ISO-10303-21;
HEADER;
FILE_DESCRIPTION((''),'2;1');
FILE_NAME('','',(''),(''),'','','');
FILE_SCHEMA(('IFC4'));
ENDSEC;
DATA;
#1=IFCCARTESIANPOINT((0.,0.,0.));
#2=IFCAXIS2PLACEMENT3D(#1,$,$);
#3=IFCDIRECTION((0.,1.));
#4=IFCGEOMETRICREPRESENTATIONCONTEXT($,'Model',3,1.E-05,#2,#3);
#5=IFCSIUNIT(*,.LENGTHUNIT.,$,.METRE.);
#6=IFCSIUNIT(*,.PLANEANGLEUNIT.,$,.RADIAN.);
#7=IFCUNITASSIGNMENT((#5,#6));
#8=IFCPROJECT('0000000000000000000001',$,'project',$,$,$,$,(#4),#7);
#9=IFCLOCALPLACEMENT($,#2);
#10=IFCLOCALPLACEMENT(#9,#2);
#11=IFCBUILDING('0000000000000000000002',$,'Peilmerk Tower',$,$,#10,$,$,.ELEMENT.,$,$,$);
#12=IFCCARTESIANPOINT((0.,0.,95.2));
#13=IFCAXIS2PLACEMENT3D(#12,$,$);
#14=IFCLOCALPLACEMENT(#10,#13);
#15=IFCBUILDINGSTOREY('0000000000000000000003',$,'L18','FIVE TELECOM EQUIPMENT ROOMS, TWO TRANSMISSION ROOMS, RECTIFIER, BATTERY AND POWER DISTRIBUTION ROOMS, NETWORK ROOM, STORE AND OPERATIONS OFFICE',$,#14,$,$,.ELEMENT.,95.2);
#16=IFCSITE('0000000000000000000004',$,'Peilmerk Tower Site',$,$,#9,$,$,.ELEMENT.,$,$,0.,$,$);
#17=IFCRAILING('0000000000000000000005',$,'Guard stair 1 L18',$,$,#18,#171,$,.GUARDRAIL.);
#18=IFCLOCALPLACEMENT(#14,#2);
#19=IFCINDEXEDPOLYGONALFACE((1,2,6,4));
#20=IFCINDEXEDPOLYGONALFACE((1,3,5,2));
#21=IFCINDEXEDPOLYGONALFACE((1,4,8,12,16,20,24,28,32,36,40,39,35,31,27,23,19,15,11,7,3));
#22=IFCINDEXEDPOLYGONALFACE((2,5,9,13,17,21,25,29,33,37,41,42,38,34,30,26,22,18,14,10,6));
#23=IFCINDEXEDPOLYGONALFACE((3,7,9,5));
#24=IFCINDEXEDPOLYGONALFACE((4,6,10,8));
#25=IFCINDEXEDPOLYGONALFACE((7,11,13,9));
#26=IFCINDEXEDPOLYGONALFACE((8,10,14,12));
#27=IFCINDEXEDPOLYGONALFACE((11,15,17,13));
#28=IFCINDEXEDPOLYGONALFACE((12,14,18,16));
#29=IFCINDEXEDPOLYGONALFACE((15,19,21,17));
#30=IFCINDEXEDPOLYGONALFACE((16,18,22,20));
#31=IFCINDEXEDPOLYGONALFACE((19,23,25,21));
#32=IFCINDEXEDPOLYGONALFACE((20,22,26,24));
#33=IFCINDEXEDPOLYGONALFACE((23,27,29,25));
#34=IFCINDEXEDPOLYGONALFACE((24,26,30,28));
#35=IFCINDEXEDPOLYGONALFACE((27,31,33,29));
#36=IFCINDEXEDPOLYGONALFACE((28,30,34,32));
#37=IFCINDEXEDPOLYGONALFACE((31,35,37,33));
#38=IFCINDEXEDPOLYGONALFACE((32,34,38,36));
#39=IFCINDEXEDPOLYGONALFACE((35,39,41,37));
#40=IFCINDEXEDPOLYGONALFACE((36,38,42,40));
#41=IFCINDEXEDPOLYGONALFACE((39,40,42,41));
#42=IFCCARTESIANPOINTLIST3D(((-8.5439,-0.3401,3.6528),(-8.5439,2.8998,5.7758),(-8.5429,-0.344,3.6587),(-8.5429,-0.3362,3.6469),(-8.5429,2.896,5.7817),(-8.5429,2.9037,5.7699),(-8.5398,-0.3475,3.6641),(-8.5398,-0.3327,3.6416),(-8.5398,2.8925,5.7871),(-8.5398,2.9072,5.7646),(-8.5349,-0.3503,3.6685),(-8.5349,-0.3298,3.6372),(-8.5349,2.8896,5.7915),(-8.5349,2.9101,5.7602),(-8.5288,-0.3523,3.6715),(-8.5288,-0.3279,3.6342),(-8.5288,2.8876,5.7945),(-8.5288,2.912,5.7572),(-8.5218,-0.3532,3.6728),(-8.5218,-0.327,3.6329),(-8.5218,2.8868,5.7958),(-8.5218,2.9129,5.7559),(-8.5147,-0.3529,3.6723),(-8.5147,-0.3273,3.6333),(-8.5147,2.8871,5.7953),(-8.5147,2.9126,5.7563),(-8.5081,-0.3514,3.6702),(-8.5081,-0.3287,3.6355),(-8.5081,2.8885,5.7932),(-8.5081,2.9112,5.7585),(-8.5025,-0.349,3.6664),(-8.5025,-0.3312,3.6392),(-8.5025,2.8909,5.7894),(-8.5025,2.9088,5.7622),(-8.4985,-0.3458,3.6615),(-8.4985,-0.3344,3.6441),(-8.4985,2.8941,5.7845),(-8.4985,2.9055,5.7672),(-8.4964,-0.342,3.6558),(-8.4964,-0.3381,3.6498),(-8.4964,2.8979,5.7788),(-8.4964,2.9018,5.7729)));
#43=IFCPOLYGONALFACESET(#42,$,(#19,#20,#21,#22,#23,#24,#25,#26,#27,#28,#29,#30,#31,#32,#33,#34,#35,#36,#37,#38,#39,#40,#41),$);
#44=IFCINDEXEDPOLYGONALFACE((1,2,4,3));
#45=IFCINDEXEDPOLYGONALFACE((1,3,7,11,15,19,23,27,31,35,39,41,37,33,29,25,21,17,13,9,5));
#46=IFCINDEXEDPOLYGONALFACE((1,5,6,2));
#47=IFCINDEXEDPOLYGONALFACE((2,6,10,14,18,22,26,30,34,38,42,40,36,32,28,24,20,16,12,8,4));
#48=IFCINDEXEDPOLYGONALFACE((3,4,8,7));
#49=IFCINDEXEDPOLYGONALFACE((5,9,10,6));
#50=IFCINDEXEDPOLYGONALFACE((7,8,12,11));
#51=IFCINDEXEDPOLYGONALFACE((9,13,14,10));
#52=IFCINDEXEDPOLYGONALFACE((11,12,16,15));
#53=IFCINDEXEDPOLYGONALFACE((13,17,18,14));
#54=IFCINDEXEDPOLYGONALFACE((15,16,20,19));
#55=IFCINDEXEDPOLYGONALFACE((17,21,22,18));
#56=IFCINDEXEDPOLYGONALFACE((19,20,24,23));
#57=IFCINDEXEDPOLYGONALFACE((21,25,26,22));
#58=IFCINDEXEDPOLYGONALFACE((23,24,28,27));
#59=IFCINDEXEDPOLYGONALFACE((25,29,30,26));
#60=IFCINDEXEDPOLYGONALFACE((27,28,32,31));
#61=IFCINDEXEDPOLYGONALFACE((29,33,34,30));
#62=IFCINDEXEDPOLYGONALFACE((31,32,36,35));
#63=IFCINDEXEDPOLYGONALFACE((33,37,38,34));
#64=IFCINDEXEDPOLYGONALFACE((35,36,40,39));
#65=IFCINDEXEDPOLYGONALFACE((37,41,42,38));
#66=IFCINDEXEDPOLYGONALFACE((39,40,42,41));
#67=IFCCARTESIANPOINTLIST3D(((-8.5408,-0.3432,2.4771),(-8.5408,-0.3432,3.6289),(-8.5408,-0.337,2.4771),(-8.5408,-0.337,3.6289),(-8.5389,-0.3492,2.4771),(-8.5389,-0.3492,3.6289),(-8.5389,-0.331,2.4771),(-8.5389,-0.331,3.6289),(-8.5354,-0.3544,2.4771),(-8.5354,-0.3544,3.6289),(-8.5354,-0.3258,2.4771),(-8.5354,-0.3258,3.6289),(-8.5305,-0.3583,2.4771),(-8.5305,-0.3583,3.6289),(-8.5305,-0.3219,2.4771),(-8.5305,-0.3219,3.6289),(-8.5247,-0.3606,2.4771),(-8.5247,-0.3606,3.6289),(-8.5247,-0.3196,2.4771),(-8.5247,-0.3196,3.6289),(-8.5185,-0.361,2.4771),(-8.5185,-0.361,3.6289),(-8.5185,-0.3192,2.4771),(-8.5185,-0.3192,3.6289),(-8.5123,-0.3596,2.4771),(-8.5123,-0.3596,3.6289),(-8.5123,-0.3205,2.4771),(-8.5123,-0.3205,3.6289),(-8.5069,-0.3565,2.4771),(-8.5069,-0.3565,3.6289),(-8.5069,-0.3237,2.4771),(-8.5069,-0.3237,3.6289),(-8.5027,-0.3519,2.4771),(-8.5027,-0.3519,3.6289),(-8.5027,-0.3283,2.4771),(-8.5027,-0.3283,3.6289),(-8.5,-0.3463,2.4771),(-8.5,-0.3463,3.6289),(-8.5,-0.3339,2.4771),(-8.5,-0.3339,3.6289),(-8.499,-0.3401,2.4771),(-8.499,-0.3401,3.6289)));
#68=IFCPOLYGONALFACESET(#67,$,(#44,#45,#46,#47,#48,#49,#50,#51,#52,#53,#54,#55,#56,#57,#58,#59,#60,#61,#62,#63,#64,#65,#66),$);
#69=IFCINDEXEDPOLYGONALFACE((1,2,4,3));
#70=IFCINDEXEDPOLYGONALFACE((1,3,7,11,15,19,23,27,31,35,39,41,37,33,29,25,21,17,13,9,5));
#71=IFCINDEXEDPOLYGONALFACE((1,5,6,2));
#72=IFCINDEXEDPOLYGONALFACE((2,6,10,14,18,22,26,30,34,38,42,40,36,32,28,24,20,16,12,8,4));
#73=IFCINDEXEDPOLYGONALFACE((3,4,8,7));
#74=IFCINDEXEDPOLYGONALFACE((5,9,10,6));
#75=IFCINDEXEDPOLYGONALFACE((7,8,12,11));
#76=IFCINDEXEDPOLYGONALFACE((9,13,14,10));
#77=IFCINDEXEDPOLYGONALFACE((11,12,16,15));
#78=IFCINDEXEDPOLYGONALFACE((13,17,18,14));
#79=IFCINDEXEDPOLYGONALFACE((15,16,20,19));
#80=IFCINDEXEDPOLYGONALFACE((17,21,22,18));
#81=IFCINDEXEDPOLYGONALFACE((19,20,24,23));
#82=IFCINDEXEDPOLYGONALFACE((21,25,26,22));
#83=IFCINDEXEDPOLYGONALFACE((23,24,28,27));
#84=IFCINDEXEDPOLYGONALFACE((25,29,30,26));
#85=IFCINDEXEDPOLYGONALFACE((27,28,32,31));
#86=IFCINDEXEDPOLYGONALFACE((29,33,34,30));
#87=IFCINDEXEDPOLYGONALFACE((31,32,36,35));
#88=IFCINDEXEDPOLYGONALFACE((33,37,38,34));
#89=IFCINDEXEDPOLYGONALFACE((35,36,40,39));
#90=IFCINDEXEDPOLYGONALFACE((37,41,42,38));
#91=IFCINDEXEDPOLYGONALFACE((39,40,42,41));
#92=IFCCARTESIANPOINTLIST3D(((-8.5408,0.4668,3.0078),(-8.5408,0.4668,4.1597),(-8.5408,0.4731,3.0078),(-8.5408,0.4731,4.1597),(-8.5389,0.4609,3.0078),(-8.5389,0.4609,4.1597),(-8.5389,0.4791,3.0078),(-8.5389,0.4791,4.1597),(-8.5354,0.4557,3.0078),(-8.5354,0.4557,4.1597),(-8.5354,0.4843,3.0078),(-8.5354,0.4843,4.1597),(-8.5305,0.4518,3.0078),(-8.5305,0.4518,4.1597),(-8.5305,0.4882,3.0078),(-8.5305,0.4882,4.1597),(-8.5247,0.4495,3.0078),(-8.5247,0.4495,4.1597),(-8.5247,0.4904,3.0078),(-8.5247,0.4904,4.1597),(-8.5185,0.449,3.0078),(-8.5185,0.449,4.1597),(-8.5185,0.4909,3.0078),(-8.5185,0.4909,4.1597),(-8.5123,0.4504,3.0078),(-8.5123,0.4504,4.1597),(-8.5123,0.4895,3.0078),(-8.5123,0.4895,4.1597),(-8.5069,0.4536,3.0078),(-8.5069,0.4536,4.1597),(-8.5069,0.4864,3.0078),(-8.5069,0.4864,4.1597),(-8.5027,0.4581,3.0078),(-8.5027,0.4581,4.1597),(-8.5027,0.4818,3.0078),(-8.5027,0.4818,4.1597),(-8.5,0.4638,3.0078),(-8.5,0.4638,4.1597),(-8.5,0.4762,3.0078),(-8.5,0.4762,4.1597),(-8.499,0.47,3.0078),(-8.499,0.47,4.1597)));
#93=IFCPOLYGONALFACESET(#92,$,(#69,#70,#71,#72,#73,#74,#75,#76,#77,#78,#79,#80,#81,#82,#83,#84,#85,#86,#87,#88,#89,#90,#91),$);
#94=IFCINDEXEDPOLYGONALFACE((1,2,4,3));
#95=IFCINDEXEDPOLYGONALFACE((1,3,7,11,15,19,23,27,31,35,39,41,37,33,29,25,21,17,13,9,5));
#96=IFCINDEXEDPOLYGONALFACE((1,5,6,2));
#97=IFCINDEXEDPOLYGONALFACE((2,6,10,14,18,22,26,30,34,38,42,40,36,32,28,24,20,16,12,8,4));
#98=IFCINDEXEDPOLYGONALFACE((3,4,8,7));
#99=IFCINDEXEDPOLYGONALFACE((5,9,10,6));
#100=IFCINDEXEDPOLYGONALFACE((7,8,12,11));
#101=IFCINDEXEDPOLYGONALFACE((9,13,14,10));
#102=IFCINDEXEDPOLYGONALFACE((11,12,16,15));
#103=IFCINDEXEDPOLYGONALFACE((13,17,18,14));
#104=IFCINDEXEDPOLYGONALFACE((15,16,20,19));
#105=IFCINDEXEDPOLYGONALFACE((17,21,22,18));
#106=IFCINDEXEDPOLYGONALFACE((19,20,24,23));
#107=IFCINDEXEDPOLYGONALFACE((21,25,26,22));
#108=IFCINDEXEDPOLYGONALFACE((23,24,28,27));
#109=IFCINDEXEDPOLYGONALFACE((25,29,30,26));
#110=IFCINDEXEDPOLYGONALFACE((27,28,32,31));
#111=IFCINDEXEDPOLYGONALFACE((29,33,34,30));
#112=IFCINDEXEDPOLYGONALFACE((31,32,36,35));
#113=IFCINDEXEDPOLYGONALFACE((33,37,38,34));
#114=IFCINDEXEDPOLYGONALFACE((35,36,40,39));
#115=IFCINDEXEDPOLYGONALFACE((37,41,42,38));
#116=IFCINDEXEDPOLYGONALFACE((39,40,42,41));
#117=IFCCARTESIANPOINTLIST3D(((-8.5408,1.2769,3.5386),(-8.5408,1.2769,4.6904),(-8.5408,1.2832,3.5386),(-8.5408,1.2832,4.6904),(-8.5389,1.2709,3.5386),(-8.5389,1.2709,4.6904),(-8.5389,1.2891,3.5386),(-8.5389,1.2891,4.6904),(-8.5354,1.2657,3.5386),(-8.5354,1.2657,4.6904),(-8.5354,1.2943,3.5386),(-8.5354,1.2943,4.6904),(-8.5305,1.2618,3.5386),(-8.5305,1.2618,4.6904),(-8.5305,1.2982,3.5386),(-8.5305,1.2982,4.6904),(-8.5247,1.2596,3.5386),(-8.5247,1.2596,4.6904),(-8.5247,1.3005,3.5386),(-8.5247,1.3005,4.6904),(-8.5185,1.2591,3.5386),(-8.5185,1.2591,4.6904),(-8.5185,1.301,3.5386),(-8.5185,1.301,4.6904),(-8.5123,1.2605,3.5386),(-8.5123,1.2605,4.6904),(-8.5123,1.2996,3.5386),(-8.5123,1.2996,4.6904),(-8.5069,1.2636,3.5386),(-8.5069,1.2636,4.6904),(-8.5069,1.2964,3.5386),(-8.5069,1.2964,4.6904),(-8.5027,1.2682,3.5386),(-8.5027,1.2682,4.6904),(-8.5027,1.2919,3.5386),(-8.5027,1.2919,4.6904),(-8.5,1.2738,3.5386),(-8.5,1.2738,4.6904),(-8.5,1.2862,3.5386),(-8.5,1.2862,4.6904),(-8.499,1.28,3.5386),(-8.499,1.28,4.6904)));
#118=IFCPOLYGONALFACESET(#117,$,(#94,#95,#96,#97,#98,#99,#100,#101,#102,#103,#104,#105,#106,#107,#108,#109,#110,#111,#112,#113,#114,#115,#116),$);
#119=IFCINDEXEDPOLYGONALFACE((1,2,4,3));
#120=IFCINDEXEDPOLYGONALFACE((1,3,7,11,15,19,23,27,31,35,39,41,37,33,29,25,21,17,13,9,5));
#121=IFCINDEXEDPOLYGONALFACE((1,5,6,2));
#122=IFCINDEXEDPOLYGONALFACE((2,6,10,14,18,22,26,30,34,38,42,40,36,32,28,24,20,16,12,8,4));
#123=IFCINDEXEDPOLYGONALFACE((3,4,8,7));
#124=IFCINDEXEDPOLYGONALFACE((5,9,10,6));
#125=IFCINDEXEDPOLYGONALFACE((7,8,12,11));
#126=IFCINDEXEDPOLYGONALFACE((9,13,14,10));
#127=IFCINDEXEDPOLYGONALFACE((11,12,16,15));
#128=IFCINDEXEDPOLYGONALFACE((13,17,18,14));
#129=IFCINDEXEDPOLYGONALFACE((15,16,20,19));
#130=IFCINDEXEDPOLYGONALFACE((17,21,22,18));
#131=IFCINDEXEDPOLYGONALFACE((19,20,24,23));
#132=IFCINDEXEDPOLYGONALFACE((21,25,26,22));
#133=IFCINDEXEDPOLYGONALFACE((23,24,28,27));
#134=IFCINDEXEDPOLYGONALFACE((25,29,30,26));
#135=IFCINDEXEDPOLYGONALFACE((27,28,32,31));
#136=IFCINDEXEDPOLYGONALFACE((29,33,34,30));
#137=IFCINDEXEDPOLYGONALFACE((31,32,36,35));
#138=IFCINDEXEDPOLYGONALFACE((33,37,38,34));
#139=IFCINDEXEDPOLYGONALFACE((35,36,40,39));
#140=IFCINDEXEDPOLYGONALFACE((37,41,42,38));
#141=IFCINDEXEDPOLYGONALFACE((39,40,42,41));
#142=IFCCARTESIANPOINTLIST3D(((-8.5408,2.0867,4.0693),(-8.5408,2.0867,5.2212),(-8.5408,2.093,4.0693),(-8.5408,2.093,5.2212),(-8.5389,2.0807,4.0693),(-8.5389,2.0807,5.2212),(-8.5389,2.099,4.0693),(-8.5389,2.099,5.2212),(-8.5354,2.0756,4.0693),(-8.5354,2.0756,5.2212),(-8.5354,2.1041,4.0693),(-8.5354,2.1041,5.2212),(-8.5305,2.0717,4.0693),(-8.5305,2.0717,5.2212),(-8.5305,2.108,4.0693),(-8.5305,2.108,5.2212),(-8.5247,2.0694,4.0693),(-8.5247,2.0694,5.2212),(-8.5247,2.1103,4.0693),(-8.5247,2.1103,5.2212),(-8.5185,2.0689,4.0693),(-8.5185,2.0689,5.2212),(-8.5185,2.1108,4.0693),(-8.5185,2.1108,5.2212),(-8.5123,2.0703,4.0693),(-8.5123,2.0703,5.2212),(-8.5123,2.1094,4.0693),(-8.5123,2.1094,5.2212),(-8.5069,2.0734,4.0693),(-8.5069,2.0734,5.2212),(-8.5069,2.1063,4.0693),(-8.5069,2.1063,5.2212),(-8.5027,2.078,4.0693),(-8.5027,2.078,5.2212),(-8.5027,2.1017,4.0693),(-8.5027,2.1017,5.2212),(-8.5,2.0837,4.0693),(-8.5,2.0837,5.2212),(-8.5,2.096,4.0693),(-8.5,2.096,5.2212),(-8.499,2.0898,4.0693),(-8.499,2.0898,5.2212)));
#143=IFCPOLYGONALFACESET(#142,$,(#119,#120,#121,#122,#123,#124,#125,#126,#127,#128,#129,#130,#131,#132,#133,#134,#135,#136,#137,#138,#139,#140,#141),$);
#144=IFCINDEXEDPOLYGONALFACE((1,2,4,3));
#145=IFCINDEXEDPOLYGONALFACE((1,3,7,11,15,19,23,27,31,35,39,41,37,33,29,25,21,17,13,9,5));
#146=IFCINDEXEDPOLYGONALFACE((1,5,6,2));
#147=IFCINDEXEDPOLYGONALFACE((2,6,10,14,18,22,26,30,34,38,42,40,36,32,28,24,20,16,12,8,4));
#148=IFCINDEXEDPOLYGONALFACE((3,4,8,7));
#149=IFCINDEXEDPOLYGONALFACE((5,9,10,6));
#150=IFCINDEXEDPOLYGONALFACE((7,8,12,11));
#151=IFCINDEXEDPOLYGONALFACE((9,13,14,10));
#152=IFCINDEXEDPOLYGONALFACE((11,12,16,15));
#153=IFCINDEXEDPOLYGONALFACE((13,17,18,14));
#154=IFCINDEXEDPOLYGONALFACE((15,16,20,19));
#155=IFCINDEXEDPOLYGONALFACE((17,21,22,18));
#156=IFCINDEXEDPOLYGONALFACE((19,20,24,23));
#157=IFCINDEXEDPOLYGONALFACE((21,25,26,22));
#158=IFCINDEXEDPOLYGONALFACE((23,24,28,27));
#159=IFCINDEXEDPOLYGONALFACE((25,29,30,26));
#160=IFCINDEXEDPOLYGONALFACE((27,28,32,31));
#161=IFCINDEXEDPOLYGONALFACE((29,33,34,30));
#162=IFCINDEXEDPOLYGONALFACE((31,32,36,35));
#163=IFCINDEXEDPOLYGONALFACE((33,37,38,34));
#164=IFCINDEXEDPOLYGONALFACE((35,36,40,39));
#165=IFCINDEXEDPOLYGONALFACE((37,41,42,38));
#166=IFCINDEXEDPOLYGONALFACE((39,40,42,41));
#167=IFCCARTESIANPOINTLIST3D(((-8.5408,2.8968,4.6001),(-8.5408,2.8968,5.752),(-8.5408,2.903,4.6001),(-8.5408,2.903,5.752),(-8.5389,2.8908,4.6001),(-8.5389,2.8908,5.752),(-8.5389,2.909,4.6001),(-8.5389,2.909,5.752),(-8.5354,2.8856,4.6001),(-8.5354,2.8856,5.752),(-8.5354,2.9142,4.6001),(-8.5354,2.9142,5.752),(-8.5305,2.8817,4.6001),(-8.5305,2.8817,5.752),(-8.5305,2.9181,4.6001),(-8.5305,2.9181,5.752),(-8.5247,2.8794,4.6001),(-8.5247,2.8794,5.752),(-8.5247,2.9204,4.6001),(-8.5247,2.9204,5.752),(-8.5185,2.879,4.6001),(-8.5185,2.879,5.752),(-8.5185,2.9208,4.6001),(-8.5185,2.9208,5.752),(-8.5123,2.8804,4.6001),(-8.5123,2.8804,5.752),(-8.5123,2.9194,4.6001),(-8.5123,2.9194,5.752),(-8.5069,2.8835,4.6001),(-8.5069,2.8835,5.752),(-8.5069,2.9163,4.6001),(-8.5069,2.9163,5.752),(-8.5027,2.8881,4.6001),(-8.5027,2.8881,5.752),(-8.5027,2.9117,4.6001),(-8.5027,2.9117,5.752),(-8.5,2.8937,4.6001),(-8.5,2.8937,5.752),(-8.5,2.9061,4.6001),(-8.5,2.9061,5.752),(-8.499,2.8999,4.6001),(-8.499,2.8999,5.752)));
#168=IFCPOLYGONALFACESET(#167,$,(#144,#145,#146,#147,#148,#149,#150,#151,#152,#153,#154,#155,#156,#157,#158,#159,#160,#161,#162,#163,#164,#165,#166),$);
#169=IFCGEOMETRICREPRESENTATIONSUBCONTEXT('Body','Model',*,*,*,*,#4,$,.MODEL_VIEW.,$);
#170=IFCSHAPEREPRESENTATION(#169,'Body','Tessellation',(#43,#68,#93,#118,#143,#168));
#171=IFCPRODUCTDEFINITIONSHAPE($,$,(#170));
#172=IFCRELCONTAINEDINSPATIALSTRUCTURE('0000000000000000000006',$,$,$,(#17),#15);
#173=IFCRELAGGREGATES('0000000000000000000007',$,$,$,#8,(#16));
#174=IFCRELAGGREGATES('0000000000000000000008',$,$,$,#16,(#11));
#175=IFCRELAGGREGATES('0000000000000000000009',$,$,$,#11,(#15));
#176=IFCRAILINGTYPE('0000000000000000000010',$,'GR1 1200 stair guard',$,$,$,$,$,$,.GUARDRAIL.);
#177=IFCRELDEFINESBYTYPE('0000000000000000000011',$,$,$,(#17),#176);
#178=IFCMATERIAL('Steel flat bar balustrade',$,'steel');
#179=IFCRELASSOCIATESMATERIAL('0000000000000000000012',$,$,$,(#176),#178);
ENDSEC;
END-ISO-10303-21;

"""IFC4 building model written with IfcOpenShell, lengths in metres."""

from ifc_helpers import new_model, si_unit, direction, frame, origin, origin_2d, place, context, subcontext, project, spatial, circle, extrude, material, type_object, element, save


model = new_model("IFC4")

# Units and contexts
model_context = context("Model", 3, precision=1e-05, world=origin(), true_north=direction((0.0, 1.0)))
body_context = subcontext(model_context, "Body", "Model", "MODEL_VIEW")
ifc_project = project(units=[si_unit("LENGTHUNIT", "METRE"), si_unit("PLANEANGLEUNIT", "RADIAN")], contexts=[model_context])

# Site, building, storey
site_placement = place(None, origin())
site = spatial("IfcSite", under=ifc_project, at=site_placement, Name="Peilmerk Tower Site", CompositionType="ELEMENT", RefElevation=0.0)
building_placement = place(site_placement, origin())
building = spatial("IfcBuilding", under=site, at=building_placement, Name="Peilmerk Tower", CompositionType="ELEMENT")
storey_placement = place(building_placement, frame((0.0, 0.0, 95.2)))
storey = spatial("IfcBuildingStorey", under=building, at=storey_placement, Name="L18", Description="FIVE TELECOM EQUIPMENT ROOMS, TWO TRANSMISSION ROOMS, RECTIFIER, BATTERY AND POWER DISTRIBUTION ROOMS, NETWORK ROOM, STORE AND OPERATIONS OFFICE", CompositionType="ELEMENT", Elevation=95.2)

# Railing
ifc_material_1 = material(Name="Steel flat bar balustrade", Category="steel")
railing_type_1 = type_object("IfcRailingType", Name="GR1 1200 stair guard", PredefinedType="GUARDRAIL", material=ifc_material_1)
railing_1_placement = place(storey_placement, frame((-8.52, -0.3401, 2.4771)))
element("IfcRailing", 1, at=railing_1_placement, inside=storey, type_object=railing_type_1, Name="Guard stair 1 L18", PredefinedType="GUARDRAIL", context=body_context, shape_type="SweptSolid", body=[
    extrude(circle(Radius=0.0239, at=origin_2d()), frame((0.0, 0.0, 1.1758), z_axis=(0.0, 0.836426, 0.548079), x_axis=(-1.0, 0.0, 0.0)), (0.0, 0.0, 1.0), 3.8735),
    extrude(circle(Radius=0.021, at=origin_2d()), origin(), (0.0, 0.0, 1.0), 1.1519),
    extrude(circle(Radius=0.021, at=origin_2d()), frame((0.0, 0.8101, 0.5308)), (0.0, 0.0, 1.0), 1.1519),
    extrude(circle(Radius=0.021, at=origin_2d()), frame((0.0, 1.6201, 1.0615)), (0.0, 0.0, 1.0), 1.1519),
    extrude(circle(Radius=0.021, at=origin_2d()), frame((0.0, 2.4299, 1.5923)), (0.0, 0.0, 1.0), 1.1519),
    extrude(circle(Radius=0.021, at=origin_2d()), frame((0.0, 3.24, 2.123)), (0.0, 0.0, 1.0), 1.1519),
])

save(model, "model.ifc")
